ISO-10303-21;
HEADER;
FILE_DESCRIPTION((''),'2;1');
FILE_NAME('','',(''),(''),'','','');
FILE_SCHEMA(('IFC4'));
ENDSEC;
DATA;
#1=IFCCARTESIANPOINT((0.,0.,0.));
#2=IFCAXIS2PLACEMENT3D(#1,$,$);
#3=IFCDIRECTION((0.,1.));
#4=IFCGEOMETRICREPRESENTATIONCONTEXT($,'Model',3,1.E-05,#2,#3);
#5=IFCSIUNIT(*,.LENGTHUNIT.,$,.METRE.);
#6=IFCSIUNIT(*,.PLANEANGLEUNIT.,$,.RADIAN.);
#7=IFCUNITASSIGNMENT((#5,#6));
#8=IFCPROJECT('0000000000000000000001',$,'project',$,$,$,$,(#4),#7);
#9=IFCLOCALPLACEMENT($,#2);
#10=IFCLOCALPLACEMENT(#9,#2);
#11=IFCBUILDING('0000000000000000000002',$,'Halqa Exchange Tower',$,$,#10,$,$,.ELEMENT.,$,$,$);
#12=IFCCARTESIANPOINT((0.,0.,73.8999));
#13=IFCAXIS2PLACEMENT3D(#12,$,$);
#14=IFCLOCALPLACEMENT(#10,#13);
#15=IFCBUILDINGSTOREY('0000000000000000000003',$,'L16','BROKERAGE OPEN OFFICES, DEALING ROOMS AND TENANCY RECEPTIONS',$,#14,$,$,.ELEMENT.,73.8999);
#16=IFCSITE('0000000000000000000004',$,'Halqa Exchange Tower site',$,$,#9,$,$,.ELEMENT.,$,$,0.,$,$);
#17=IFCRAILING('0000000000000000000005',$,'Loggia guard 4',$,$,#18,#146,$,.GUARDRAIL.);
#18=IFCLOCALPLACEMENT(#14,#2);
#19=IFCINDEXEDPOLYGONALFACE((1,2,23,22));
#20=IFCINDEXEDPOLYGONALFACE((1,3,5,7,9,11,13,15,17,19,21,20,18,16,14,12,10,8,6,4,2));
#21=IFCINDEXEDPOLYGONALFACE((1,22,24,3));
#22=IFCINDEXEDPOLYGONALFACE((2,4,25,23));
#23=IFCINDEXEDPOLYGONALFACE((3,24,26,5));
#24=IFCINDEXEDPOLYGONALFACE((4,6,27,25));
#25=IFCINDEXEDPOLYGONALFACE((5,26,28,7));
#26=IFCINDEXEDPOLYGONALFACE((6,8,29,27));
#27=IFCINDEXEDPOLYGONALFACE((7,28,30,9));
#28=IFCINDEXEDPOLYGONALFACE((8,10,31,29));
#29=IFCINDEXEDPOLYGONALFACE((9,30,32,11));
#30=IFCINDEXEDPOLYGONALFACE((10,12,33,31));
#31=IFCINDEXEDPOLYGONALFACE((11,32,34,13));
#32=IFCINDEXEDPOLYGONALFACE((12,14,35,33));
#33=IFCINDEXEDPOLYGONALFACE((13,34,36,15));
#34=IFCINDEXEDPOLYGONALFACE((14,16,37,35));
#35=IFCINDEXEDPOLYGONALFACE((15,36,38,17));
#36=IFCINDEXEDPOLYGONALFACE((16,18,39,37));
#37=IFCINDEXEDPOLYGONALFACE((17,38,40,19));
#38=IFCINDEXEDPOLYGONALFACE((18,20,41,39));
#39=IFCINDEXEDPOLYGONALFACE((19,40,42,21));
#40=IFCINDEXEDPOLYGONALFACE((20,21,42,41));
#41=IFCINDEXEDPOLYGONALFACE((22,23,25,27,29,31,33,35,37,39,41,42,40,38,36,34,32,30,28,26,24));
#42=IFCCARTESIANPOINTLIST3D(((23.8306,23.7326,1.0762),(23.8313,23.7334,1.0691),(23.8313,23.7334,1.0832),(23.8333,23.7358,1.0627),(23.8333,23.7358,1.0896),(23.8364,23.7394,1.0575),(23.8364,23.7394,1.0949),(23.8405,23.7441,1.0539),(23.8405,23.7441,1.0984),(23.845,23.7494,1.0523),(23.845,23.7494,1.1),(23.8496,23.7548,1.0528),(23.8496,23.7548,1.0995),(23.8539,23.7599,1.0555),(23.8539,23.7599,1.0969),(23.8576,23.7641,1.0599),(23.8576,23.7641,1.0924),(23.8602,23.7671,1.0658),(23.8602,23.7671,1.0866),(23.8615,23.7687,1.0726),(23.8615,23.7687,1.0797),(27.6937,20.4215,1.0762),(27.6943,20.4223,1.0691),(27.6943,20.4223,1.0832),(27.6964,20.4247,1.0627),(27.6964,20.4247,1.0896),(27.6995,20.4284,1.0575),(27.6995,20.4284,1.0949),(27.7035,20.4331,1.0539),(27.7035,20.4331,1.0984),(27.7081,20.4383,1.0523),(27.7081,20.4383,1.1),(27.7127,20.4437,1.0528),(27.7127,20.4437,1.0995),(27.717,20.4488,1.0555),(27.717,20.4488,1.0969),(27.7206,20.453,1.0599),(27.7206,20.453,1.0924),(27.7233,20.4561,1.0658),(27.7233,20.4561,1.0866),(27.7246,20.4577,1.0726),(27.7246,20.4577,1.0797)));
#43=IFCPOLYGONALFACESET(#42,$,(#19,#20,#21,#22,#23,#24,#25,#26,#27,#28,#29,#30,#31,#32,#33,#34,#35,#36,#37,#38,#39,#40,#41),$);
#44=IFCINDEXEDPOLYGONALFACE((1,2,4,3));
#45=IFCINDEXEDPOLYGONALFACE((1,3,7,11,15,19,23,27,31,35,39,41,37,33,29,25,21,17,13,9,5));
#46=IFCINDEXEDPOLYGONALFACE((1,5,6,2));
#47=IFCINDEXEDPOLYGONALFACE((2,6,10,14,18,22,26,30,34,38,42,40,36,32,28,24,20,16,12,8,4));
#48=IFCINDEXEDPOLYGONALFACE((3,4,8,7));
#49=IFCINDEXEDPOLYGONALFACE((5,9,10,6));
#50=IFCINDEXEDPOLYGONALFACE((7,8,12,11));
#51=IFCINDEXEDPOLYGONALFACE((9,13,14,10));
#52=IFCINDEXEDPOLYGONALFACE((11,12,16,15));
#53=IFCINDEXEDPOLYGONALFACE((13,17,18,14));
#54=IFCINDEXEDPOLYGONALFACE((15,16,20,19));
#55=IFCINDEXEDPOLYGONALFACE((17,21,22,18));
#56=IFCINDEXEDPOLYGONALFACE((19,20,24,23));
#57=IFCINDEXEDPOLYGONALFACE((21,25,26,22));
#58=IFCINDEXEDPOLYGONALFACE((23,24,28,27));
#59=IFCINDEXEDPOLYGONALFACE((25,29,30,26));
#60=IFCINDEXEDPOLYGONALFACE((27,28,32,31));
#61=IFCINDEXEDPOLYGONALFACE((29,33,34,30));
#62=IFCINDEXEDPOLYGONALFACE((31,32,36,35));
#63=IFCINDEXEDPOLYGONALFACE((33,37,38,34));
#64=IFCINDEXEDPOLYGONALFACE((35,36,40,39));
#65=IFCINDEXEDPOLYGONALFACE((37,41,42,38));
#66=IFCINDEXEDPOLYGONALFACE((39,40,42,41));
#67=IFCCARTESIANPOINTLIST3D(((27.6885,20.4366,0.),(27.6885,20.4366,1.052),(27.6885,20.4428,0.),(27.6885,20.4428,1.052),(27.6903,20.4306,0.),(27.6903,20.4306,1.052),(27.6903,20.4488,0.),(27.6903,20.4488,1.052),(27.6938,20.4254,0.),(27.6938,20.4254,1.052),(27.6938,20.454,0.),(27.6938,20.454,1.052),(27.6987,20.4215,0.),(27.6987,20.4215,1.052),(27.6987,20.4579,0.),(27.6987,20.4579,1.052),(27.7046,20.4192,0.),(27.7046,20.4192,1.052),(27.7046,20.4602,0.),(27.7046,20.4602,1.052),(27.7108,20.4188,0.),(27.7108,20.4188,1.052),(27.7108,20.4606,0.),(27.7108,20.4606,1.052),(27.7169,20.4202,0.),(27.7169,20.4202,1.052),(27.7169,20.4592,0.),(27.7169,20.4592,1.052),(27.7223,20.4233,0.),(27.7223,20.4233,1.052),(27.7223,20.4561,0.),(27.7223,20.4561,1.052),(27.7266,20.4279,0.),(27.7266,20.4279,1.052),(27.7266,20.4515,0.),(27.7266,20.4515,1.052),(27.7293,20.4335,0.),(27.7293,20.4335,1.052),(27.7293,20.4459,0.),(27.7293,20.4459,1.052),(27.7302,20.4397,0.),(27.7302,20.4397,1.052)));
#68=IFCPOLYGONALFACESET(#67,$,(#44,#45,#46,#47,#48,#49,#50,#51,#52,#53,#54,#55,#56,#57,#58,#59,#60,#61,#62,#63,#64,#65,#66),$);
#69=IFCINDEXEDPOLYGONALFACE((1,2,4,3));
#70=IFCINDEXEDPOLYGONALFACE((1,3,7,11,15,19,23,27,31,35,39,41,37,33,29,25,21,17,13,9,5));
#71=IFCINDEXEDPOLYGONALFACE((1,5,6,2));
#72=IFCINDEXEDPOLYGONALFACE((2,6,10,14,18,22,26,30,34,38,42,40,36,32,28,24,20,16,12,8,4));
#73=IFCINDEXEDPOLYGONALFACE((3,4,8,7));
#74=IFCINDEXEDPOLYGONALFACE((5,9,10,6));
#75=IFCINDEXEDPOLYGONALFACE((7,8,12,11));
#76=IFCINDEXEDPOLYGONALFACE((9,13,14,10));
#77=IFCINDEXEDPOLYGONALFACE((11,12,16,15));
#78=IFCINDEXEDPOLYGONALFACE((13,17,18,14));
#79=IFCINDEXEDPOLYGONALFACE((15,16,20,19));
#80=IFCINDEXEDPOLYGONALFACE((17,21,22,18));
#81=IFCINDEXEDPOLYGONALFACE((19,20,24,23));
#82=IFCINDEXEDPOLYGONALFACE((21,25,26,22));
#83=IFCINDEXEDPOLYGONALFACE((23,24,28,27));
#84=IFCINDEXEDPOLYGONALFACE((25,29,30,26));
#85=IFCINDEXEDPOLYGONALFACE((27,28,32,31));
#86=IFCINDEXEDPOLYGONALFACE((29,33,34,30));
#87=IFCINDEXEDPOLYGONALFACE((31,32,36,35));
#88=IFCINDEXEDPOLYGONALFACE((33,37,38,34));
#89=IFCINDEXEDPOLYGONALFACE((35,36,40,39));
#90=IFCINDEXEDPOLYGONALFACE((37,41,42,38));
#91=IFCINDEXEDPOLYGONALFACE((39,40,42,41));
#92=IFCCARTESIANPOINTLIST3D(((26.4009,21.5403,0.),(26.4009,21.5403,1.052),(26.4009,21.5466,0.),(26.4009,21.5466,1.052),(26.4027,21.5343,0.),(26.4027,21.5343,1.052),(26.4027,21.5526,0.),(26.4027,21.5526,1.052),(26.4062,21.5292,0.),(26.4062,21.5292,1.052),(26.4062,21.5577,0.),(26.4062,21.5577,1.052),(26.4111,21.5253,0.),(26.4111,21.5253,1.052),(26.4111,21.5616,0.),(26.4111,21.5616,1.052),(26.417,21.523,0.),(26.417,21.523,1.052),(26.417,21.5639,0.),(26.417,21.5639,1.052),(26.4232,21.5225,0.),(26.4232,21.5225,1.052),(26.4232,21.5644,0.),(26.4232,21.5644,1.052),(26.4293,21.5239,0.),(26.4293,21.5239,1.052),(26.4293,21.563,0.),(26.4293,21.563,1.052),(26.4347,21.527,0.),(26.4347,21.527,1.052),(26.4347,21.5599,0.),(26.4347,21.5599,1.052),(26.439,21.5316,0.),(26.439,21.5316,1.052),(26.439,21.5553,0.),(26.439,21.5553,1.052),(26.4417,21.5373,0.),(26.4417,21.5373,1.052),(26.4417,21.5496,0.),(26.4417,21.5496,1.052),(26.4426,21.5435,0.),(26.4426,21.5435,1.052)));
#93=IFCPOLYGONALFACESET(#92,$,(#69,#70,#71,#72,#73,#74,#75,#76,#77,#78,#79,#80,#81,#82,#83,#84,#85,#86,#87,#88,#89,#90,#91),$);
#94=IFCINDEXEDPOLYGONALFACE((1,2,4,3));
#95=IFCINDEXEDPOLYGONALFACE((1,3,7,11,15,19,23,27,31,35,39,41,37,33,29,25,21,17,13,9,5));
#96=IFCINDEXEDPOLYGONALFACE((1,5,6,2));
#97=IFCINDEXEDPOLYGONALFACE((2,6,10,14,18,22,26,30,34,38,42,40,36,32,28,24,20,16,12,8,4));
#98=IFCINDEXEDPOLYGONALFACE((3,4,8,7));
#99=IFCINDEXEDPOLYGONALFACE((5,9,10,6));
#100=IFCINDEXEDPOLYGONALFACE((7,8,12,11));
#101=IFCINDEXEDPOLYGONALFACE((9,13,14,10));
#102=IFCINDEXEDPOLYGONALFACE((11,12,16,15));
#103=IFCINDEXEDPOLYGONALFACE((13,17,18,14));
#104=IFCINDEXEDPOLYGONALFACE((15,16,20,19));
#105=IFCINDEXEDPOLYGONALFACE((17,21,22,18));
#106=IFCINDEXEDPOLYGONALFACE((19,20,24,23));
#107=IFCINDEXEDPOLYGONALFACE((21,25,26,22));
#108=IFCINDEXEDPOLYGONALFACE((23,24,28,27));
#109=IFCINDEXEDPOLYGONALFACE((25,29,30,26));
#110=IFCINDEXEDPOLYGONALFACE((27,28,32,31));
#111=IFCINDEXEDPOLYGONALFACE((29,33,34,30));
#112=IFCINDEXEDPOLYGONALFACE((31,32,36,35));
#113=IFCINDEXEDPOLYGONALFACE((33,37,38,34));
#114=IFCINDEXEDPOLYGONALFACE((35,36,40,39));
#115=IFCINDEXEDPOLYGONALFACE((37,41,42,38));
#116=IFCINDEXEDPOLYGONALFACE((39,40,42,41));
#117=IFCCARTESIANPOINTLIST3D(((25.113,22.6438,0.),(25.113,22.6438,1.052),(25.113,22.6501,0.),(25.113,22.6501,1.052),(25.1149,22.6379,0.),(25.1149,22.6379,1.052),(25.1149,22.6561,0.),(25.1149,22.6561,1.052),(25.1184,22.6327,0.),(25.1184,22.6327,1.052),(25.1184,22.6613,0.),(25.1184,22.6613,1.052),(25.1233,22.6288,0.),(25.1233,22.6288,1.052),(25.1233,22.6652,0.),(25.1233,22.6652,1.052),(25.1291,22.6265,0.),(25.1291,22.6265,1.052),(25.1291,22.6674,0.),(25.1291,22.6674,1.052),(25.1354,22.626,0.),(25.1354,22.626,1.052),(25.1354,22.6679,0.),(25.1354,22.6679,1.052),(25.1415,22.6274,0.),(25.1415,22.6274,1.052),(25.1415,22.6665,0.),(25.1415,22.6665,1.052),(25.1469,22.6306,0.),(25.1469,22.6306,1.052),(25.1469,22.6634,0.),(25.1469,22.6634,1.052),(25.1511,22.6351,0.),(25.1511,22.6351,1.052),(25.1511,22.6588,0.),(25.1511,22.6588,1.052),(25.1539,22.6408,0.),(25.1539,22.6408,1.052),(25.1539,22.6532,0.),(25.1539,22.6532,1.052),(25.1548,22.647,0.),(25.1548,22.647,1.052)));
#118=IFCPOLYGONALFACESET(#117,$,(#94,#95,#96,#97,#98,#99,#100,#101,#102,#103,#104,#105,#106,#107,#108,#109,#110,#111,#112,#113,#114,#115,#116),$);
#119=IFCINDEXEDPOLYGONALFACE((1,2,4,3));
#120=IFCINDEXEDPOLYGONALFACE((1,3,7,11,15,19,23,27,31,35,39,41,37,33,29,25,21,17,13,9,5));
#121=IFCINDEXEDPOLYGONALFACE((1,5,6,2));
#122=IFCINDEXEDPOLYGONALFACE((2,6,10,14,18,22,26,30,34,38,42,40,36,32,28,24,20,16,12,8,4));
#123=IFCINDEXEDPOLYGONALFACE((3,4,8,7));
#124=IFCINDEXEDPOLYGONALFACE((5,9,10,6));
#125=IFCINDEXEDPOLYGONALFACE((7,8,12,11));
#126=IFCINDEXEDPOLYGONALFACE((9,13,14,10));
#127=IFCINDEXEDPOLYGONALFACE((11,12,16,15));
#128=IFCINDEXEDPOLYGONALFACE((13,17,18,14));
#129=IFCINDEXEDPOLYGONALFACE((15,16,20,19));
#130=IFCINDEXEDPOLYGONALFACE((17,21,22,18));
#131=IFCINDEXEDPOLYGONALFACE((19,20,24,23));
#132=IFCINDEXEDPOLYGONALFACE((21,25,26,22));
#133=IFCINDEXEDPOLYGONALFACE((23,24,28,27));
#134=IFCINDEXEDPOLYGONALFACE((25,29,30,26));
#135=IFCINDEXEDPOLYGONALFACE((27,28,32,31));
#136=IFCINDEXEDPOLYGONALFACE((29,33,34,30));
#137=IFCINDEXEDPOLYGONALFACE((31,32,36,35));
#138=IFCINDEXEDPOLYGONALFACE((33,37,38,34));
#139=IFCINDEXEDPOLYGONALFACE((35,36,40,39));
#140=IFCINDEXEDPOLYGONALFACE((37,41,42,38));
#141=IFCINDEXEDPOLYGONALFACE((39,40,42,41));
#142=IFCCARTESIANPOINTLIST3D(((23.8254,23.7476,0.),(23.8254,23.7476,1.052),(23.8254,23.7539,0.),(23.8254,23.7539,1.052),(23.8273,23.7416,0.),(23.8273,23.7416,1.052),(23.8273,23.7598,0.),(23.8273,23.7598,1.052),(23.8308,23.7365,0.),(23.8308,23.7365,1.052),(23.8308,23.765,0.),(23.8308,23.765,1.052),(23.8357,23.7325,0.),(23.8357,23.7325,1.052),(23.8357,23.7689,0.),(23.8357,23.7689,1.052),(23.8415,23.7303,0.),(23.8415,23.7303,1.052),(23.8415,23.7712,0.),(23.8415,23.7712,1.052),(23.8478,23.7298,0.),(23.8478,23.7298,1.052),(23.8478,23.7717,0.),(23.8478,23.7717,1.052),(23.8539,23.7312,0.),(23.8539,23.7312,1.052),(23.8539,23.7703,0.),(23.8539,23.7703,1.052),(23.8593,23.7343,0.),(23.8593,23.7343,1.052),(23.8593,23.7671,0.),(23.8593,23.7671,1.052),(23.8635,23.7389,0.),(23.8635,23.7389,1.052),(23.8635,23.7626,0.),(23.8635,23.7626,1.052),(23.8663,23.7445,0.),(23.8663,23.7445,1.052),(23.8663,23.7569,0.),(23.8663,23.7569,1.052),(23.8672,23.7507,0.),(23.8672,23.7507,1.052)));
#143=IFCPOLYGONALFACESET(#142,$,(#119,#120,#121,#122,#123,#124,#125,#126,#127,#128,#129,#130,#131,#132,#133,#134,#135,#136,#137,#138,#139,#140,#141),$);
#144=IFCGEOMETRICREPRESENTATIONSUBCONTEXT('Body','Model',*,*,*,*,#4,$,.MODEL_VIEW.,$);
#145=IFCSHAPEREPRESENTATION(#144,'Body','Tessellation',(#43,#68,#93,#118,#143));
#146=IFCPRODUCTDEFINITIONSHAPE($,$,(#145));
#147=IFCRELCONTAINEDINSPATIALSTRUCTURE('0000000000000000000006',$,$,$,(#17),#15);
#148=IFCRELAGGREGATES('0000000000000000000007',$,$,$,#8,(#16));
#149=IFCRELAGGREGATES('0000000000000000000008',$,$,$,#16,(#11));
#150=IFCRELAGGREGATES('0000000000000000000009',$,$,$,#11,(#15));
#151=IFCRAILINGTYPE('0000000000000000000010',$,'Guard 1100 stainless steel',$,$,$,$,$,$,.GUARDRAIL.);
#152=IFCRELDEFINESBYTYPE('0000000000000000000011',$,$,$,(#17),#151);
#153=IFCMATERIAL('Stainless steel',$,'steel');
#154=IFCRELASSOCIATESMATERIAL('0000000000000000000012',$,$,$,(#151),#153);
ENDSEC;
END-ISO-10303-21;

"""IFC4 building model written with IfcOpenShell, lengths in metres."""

from ifc_helpers import new_model, si_unit, direction, frame, origin, origin_2d, place, context, subcontext, project, spatial, circle, extrude, material, type_object, element, save


model = new_model("IFC4")

# Units and contexts
model_context = context("Model", 3, precision=1e-05, world=origin(), true_north=direction((0.0, 1.0)))
body_context = subcontext(model_context, "Body", "Model", "MODEL_VIEW")
ifc_project = project(units=[si_unit("LENGTHUNIT", "METRE"), si_unit("PLANEANGLEUNIT", "RADIAN")], contexts=[model_context])

# Site, building, storey
site_placement = place(None, origin())
site = spatial("IfcSite", under=ifc_project, at=site_placement, Name="Halqa Exchange Tower site", CompositionType="ELEMENT", RefElevation=0.0)
building_placement = place(site_placement, origin())
building = spatial("IfcBuilding", under=site, at=building_placement, Name="Halqa Exchange Tower", CompositionType="ELEMENT")
storey_placement = place(building_placement, frame((0.0, 0.0, 73.8999)))
storey = spatial("IfcBuildingStorey", under=building, at=storey_placement, Name="L16", Description="BROKERAGE OPEN OFFICES, DEALING ROOMS AND TENANCY RECEPTIONS", CompositionType="ELEMENT", Elevation=73.8999)

# Railing
ifc_material_1 = material(Name="Stainless steel", Category="steel")
railing_type = type_object("IfcRailingType", Name="Guard 1100 stainless steel", PredefinedType="GUARDRAIL", material=ifc_material_1)
railing_1_placement = place(storey_placement, frame((27.7092, 20.4397, 0.0)))
element("IfcRailing", 1, at=railing_1_placement, inside=storey, type_object=railing_type, Name="Loggia guard 4", PredefinedType="GUARDRAIL", context=body_context, shape_type="SweptSolid", body=[
    extrude(circle(Radius=0.0239, at=origin_2d()), frame((0.0, 0.0, 1.0762), z_axis=(-0.75927, 0.650776, 0.0), x_axis=(-0.650776, -0.75927, 0.0)), (0.0, 0.0, 1.0), 5.0879),
    extrude(circle(Radius=0.021, at=origin_2d()), origin(), (0.0, 0.0, 1.0), 1.052),
    extrude(circle(Radius=0.021, at=origin_2d()), frame((-1.2876, 1.1038, 0.0)), (0.0, 0.0, 1.0), 1.052),
    extrude(circle(Radius=0.021, at=origin_2d()), frame((-2.5754, 2.2073, 0.0)), (0.0, 0.0, 1.0), 1.052),
    extrude(circle(Radius=0.021, at=origin_2d()), frame((-3.863, 3.311, 0.0)), (0.0, 0.0, 1.0), 1.052),
])

save(model, "model.ifc")
